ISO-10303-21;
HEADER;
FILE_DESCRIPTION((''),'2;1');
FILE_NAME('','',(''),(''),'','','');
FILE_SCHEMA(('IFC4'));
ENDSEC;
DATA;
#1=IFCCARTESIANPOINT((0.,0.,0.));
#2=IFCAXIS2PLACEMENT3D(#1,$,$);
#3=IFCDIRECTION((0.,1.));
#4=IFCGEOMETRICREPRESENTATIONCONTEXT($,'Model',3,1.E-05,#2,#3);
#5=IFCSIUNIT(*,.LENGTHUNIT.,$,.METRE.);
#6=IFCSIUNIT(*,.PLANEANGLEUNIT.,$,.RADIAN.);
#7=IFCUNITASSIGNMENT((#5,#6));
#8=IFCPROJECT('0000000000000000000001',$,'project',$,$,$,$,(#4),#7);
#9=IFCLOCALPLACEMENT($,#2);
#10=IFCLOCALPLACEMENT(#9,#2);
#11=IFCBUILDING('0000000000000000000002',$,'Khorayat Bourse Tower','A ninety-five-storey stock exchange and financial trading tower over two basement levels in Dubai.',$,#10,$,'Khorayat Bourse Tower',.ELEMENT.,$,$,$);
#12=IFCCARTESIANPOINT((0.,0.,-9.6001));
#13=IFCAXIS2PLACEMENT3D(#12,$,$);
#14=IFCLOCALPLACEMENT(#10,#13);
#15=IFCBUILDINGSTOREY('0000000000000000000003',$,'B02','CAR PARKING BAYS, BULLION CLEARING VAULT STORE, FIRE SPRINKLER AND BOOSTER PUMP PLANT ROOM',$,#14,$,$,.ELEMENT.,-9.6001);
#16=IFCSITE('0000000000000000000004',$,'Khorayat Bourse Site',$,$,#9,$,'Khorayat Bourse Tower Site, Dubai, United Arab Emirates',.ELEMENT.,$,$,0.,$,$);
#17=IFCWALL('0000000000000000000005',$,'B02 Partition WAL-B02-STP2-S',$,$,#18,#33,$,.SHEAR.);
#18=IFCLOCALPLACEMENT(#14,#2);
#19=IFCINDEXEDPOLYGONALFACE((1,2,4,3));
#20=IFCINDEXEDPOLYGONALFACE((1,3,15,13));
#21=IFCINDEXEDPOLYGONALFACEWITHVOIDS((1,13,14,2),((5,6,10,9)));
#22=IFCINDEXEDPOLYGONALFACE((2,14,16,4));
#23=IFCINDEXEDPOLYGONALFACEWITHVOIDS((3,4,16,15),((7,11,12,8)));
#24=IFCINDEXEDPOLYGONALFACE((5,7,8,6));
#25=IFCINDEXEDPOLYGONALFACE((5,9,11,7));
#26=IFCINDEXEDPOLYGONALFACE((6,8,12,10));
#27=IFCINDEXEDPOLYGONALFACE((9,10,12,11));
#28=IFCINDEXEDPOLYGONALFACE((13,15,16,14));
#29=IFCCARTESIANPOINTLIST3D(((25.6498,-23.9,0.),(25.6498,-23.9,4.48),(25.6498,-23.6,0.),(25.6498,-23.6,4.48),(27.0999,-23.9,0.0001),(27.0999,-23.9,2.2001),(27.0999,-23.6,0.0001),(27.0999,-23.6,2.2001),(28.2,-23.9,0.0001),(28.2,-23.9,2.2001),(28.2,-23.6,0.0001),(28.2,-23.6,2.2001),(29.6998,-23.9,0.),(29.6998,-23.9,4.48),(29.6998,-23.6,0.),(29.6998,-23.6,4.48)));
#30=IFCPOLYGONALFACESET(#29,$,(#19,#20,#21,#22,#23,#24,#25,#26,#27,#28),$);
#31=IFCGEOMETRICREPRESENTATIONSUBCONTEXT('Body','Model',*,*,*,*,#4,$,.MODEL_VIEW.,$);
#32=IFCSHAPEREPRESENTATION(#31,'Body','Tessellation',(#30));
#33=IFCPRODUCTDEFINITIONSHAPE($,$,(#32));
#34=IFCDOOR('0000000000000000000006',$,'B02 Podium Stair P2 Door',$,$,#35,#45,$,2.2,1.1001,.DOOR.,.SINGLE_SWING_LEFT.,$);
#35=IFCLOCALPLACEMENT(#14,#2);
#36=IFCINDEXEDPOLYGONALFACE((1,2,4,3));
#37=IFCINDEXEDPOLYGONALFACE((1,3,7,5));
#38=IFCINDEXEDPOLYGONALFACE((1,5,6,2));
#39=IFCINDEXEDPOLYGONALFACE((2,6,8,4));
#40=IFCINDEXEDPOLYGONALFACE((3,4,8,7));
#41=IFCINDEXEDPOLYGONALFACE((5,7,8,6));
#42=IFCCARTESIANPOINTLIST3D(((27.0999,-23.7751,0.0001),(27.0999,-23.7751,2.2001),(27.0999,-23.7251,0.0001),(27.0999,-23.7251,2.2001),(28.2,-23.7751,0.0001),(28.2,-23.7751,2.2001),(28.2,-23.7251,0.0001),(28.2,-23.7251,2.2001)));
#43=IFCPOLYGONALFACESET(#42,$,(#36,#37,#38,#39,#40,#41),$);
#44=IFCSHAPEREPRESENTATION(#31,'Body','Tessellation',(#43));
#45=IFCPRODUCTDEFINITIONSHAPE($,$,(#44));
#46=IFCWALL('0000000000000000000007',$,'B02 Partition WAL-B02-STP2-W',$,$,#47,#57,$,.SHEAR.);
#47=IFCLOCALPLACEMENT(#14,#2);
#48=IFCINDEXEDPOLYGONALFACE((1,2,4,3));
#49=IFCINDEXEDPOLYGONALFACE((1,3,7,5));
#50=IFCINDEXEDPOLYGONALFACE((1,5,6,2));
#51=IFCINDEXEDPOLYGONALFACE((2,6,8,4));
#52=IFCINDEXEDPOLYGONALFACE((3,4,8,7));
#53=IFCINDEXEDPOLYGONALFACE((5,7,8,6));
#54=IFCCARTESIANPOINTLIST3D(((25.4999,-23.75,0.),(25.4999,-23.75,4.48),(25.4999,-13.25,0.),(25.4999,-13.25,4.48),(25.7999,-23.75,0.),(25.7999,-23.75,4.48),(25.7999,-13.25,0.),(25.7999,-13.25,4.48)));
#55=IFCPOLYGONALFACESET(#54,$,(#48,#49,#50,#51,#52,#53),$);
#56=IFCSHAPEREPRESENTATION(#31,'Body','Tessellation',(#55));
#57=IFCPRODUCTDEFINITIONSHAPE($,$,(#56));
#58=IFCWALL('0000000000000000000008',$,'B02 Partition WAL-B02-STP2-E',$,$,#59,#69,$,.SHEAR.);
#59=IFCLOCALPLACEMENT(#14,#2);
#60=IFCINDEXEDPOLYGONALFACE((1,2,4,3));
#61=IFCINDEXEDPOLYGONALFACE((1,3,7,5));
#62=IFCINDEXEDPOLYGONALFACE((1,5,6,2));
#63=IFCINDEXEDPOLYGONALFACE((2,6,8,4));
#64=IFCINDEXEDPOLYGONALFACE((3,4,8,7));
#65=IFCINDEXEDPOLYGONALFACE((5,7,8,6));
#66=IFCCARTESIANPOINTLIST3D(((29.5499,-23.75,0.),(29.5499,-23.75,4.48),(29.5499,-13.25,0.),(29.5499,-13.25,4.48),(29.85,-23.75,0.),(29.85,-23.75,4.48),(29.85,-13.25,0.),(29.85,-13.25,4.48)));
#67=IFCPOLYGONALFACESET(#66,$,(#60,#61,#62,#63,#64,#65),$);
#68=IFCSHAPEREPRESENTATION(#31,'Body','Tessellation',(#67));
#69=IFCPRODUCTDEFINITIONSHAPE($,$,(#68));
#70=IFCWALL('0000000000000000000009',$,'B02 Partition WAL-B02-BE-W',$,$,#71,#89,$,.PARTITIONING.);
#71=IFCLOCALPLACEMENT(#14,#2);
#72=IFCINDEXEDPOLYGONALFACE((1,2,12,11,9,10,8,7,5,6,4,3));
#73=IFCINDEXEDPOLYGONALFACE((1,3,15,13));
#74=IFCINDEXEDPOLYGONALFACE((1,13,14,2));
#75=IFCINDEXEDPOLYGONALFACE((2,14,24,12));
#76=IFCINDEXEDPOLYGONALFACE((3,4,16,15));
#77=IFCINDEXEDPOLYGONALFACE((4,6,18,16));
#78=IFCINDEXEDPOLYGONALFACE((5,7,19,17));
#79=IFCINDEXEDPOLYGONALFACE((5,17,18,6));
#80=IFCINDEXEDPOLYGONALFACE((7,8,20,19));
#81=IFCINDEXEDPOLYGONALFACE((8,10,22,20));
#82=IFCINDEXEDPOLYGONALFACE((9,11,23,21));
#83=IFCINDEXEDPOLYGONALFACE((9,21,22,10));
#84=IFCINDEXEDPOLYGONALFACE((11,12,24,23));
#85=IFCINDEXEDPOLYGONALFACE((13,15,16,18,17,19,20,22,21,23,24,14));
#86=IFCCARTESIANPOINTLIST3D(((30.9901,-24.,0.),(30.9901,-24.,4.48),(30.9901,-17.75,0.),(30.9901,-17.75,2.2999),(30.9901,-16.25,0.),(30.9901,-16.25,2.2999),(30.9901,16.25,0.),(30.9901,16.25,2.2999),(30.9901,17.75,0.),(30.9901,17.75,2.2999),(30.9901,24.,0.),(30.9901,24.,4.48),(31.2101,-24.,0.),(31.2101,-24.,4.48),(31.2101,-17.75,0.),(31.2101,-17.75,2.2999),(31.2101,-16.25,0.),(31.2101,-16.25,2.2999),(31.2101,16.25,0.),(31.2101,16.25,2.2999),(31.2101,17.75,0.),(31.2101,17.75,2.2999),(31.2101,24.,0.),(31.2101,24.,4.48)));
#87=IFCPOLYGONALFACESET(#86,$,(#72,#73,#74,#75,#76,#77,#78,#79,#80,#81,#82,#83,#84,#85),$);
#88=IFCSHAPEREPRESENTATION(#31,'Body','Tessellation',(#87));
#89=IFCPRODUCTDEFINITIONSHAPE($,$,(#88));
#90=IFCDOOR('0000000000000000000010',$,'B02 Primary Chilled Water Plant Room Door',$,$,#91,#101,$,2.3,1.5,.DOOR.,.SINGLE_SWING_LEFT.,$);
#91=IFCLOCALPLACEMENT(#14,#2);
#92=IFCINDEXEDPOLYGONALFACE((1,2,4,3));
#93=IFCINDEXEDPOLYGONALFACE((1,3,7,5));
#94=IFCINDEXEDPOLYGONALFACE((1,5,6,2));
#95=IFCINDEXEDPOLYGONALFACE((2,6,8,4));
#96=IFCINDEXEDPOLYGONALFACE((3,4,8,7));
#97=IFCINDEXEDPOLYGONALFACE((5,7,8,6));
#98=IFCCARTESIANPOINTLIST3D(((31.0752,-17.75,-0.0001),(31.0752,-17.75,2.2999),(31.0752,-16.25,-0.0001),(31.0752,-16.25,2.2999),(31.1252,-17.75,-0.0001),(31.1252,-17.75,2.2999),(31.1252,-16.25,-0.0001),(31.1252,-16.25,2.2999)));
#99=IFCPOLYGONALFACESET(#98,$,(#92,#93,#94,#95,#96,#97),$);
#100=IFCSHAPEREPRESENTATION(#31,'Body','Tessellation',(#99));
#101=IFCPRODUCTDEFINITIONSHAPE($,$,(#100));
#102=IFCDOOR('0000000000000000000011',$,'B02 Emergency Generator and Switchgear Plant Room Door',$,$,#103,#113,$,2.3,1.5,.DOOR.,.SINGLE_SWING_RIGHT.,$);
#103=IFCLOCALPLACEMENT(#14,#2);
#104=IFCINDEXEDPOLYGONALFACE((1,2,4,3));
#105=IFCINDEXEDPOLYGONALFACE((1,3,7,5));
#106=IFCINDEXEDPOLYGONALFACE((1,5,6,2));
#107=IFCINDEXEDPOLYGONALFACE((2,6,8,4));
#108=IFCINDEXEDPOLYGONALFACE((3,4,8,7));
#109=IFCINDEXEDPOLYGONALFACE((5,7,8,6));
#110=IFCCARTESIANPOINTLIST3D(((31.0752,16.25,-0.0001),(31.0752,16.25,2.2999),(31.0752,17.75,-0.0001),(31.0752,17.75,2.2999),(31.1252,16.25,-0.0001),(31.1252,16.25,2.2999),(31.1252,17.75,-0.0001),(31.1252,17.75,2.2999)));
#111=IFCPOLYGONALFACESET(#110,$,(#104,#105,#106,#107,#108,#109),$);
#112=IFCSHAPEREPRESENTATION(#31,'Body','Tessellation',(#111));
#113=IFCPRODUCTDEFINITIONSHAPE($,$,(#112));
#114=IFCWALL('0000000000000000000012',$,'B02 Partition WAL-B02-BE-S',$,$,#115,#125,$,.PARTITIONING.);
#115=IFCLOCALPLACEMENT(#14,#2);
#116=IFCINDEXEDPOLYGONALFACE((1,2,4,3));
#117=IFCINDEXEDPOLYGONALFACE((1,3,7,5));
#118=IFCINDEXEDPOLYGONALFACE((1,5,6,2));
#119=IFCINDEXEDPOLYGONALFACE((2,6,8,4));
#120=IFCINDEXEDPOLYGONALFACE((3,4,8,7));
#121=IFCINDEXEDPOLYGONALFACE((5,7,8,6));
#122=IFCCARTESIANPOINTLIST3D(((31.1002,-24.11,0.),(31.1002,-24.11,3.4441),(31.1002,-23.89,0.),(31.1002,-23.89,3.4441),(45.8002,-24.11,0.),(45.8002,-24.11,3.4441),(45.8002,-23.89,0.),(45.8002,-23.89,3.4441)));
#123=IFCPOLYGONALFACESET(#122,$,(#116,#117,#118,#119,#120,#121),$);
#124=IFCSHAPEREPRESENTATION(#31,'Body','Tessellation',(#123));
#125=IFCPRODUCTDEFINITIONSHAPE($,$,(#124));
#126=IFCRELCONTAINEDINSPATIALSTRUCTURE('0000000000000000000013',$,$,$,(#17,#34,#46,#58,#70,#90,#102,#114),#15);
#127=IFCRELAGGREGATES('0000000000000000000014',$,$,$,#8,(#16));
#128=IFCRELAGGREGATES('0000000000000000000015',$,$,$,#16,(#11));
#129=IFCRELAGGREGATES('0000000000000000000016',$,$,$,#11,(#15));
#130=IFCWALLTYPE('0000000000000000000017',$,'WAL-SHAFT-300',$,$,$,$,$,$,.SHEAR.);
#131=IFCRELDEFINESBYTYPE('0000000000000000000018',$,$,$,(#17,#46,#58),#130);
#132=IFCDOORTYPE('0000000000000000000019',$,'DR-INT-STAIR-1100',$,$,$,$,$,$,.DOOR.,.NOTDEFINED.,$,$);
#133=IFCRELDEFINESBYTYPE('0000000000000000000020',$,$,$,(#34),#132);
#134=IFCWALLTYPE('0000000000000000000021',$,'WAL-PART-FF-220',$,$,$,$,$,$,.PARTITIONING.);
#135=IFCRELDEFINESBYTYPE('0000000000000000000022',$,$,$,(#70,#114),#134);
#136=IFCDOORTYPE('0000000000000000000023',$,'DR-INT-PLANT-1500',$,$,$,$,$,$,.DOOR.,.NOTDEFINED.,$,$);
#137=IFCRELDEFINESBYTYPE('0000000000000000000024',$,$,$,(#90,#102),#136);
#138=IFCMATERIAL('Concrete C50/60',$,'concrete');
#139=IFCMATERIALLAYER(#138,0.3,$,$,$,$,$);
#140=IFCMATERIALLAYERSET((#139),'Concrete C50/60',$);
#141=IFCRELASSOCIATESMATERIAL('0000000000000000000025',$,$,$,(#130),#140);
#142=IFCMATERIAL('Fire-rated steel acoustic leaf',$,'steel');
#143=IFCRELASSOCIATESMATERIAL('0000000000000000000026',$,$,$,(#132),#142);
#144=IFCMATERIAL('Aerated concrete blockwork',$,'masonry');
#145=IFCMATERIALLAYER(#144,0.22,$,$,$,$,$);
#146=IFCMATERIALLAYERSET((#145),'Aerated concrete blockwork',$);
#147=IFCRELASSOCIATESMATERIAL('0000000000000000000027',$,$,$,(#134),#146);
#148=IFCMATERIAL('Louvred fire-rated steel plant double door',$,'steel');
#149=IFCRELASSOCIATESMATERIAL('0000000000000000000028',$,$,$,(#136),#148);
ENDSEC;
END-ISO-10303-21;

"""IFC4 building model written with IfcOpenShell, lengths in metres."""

from ifc_helpers import new_model, si_unit, direction, frame, frame_2d, origin, place, context, subcontext, project, spatial, rectangle, extrude, source, transform, mapped, material, layer, layer_set, type_object, element, fill, save


model = new_model("IFC4")

# Units and contexts
model_context = context("Model", 3, precision=1e-05, world=origin(), true_north=direction((0.0, 1.0)))
body_context = subcontext(model_context, "Body", "Model", "MODEL_VIEW")
ifc_project = project(units=[si_unit("LENGTHUNIT", "METRE"), si_unit("PLANEANGLEUNIT", "RADIAN")], contexts=[model_context])

# Site, building, storey
site_placement = place(None, origin())
site = spatial("IfcSite", under=ifc_project, at=site_placement, Name="Khorayat Bourse Site", LongName="Khorayat Bourse Tower Site, Dubai, United Arab Emirates", CompositionType="ELEMENT", RefElevation=0.0)
building_placement = place(site_placement, origin())
building = spatial("IfcBuilding", under=site, at=building_placement, Name="Khorayat Bourse Tower", Description="A ninety-five-storey stock exchange and financial trading tower over two basement levels in Dubai.", LongName="Khorayat Bourse Tower", CompositionType="ELEMENT")
storey_placement = place(building_placement, frame((0.0, 0.0, -9.6001)))
storey = spatial("IfcBuildingStorey", under=building, at=storey_placement, Name="B02", Description="CAR PARKING BAYS, BULLION CLEARING VAULT STORE, FIRE SPRINKLER AND BOOSTER PUMP PLANT ROOM", CompositionType="ELEMENT", Elevation=-9.6001)

# Shared definitions
ifc_material_1 = material(Name="Concrete C50/60", Category="concrete")

# Wall, opening, door
ifc_layer_1 = layer(ifc_material_1, 0.3)
ifc_layer_set_1 = layer_set([ifc_layer_1], Name="Concrete C50/60")
wall_type_1 = type_object("IfcWallType", Name="WAL-SHAFT-300", PredefinedType="SHEAR", material=ifc_layer_set_1)
shared_shape_1 = source(origin(), body_context, "Body", "SweptSolid", [
    extrude(rectangle(XDim=4.05, YDim=0.3, at=frame_2d((2.0249, 0.0))), origin(), (0.0, 0.0, 1.0), 4.48),
])
wall_1_placement = place(storey_placement, frame((25.6499, -23.75, 0.0), z_axis=(0.0, 0.0, 1.0), x_axis=(1.0, 0.0, 0.0)))
wall_1 = element("IfcWall", 1, at=wall_1_placement, inside=storey, type_object=wall_type_1, Name="B02 Partition WAL-B02-STP2-S", PredefinedType="SHEAR", context=body_context, shape_type="MappedRepresentation", body=[
    mapped(shared_shape_1, transform((0.0, 0.0, 0.0), scale=1.0)),
])
shared_shape_2 = source(origin(), body_context, "Body", "SweptSolid", [
    extrude(rectangle(XDim=1.1001, YDim=2.2, at=frame_2d((0.55, 1.1001))), frame((0.0, 0.1599, 0.0), z_axis=(0.0, -1.0, 0.0), x_axis=(1.0, 0.0, 0.0)), (0.0, 0.0, 1.0), 0.3201),
])
opening_1_placement = place(wall_1_placement, frame((1.45, 0.0, 0.0)))
opening_1 = element("IfcOpeningElement", 2, at=opening_1_placement, cuts=wall_1, PredefinedType="OPENING", context=body_context, shape_type="MappedRepresentation", body=[
    mapped(shared_shape_2, transform((0.0, 0.0, 0.0), scale=1.0)),
])
ifc_material_2 = material(Name="Fire-rated steel acoustic leaf", Category="steel")
door_type_1 = type_object("IfcDoorType", Name="DR-INT-STAIR-1100", OperationType="NOTDEFINED", PredefinedType="DOOR", material=ifc_material_2)
shared_shape_3 = source(origin(), body_context, "Body", "SweptSolid", [
    extrude(rectangle(XDim=1.1001, YDim=2.2, at=frame_2d((0.55, 1.1001))), frame((0.0, 0.0249, 0.0), z_axis=(0.0, -1.0, 0.0), x_axis=(1.0, 0.0, 0.0)), (0.0, 0.0, 1.0), 0.05),
])
door_1_placement = place(opening_1_placement, origin())
door_1 = element("IfcDoor", 3, at=door_1_placement, inside=storey, type_object=door_type_1, Name="B02 Podium Stair P2 Door", OperationType="SINGLE_SWING_LEFT", OverallHeight=2.2, OverallWidth=1.1001, PredefinedType="DOOR", context=body_context, shape_type="MappedRepresentation", body=[
    mapped(shared_shape_3, transform((0.0, 0.0, 0.0), scale=1.0)),
])
fill(opening_1, door_1)

# Walls
shared_shape_4 = source(origin(), body_context, "Body", "SweptSolid", [
    extrude(rectangle(XDim=10.5, YDim=0.3, at=frame_2d((5.25, 0.0))), origin(), (0.0, 0.0, 1.0), 4.48),
])
for number, where, z_axis, x_axis, name in (
    (4, (25.6499, -23.75, 0.0), (0.0, 0.0, 1.0), (0.0, 1.0, 0.0), "B02 Partition WAL-B02-STP2-W"),
    (5, (29.7, -23.75, 0.0), (0.0, 0.0, 1.0), (0.0, 1.0, 0.0), "B02 Partition WAL-B02-STP2-E"),
):
    element("IfcWall", number, at=place(storey_placement, frame(where, z_axis=z_axis, x_axis=x_axis)), inside=storey, type_object=wall_type_1, Name=name, PredefinedType="SHEAR", context=body_context, shape_type="MappedRepresentation", body=[
        mapped(shared_shape_4, transform((0.0, 0.0, 0.0), scale=1.0)),
    ])

# Wall, openings, doors
ifc_material_3 = material(Name="Aerated concrete blockwork", Category="masonry")
ifc_layer_2 = layer(ifc_material_3, 0.22)
ifc_layer_set_2 = layer_set([ifc_layer_2], Name="Aerated concrete blockwork")
wall_type_2 = type_object("IfcWallType", Name="WAL-PART-FF-220", PredefinedType="PARTITIONING", material=ifc_layer_set_2)
shared_shape_5 = source(origin(), body_context, "Body", "SweptSolid", [
    extrude(rectangle(XDim=48.0, YDim=0.22, at=frame_2d((24.0, 0.0))), origin(), (0.0, 0.0, 1.0), 4.48),
])
wall_2_placement = place(storey_placement, frame((31.1001, -24.0, 0.0), z_axis=(0.0, 0.0, 1.0), x_axis=(0.0, 1.0, 0.0)))
wall_2 = element("IfcWall", 6, at=wall_2_placement, inside=storey, type_object=wall_type_2, Name="B02 Partition WAL-B02-BE-W", PredefinedType="PARTITIONING", context=body_context, shape_type="MappedRepresentation", body=[
    mapped(shared_shape_5, transform((0.0, 0.0, 0.0), scale=1.0)),
])
shared_shape_6 = source(origin(), body_context, "Body", "SweptSolid", [
    extrude(rectangle(XDim=1.5, YDim=2.3, at=frame_2d((0.75, 1.1499))), frame((0.0, 0.1199, 0.0), z_axis=(0.0, -1.0, 0.0), x_axis=(1.0, 0.0, 0.0)), (0.0, 0.0, 1.0), 0.24),
])
opening_2_placement = place(wall_2_placement, frame((6.25, 0.0, 0.0)))
opening_2 = element("IfcOpeningElement", 7, at=opening_2_placement, cuts=wall_2, PredefinedType="OPENING", context=body_context, shape_type="MappedRepresentation", body=[
    mapped(shared_shape_6, transform((0.0, 0.0, 0.0), scale=1.0)),
])
opening_3_placement = place(wall_2_placement, frame((40.25, 0.0, 0.0)))
opening_3 = element("IfcOpeningElement", 8, at=opening_3_placement, cuts=wall_2, PredefinedType="OPENING", context=body_context, shape_type="MappedRepresentation", body=[
    mapped(shared_shape_6, transform((0.0, 0.0, 0.0), scale=1.0)),
])
ifc_material_4 = material(Name="Louvred fire-rated steel plant double door", Category="steel")
door_type_2 = type_object("IfcDoorType", Name="DR-INT-PLANT-1500", OperationType="NOTDEFINED", PredefinedType="DOOR", material=ifc_material_4)
shared_shape_7 = source(origin(), body_context, "Body", "SweptSolid", [
    extrude(rectangle(XDim=1.5, YDim=2.3, at=frame_2d((0.75, 1.1499))), frame((0.0, 0.0249, 0.0), z_axis=(0.0, -1.0, 0.0), x_axis=(1.0, 0.0, 0.0)), (0.0, 0.0, 1.0), 0.05),
])
door_2_placement = place(opening_2_placement, origin())
door_2 = element("IfcDoor", 9, at=door_2_placement, inside=storey, type_object=door_type_2, Name="B02 Primary Chilled Water Plant Room Door", OperationType="SINGLE_SWING_LEFT", OverallHeight=2.3, OverallWidth=1.5, PredefinedType="DOOR", context=body_context, shape_type="MappedRepresentation", body=[
    mapped(shared_shape_7, transform((0.0, 0.0, 0.0), scale=1.0)),
])
fill(opening_2, door_2)
door_3_placement = place(opening_3_placement, origin())
door_3 = element("IfcDoor", 10, at=door_3_placement, inside=storey, type_object=door_type_2, Name="B02 Emergency Generator and Switchgear Plant Room Door", OperationType="SINGLE_SWING_RIGHT", OverallHeight=2.3, OverallWidth=1.5, PredefinedType="DOOR", context=body_context, shape_type="MappedRepresentation", body=[
    mapped(shared_shape_7, transform((0.0, 0.0, 0.0), scale=1.0)),
])
fill(opening_3, door_3)

# Wall
shared_shape_8 = source(origin(), body_context, "Body", "SweptSolid", [
    extrude(rectangle(XDim=14.7, YDim=0.22, at=frame_2d((7.3501, 0.0))), origin(), (0.0, 0.0, 1.0), 3.4441),
])
wall_3_placement = place(storey_placement, frame((31.1001, -24.0, 0.0), z_axis=(0.0, 0.0, 1.0), x_axis=(1.0, 0.0, 0.0)))
element("IfcWall", 11, at=wall_3_placement, inside=storey, type_object=wall_type_2, Name="B02 Partition WAL-B02-BE-S", PredefinedType="PARTITIONING", context=body_context, shape_type="MappedRepresentation", body=[
    mapped(shared_shape_8, transform((0.0, 0.0, 0.0), scale=1.0)),
])

save(model, "model.ifc")
